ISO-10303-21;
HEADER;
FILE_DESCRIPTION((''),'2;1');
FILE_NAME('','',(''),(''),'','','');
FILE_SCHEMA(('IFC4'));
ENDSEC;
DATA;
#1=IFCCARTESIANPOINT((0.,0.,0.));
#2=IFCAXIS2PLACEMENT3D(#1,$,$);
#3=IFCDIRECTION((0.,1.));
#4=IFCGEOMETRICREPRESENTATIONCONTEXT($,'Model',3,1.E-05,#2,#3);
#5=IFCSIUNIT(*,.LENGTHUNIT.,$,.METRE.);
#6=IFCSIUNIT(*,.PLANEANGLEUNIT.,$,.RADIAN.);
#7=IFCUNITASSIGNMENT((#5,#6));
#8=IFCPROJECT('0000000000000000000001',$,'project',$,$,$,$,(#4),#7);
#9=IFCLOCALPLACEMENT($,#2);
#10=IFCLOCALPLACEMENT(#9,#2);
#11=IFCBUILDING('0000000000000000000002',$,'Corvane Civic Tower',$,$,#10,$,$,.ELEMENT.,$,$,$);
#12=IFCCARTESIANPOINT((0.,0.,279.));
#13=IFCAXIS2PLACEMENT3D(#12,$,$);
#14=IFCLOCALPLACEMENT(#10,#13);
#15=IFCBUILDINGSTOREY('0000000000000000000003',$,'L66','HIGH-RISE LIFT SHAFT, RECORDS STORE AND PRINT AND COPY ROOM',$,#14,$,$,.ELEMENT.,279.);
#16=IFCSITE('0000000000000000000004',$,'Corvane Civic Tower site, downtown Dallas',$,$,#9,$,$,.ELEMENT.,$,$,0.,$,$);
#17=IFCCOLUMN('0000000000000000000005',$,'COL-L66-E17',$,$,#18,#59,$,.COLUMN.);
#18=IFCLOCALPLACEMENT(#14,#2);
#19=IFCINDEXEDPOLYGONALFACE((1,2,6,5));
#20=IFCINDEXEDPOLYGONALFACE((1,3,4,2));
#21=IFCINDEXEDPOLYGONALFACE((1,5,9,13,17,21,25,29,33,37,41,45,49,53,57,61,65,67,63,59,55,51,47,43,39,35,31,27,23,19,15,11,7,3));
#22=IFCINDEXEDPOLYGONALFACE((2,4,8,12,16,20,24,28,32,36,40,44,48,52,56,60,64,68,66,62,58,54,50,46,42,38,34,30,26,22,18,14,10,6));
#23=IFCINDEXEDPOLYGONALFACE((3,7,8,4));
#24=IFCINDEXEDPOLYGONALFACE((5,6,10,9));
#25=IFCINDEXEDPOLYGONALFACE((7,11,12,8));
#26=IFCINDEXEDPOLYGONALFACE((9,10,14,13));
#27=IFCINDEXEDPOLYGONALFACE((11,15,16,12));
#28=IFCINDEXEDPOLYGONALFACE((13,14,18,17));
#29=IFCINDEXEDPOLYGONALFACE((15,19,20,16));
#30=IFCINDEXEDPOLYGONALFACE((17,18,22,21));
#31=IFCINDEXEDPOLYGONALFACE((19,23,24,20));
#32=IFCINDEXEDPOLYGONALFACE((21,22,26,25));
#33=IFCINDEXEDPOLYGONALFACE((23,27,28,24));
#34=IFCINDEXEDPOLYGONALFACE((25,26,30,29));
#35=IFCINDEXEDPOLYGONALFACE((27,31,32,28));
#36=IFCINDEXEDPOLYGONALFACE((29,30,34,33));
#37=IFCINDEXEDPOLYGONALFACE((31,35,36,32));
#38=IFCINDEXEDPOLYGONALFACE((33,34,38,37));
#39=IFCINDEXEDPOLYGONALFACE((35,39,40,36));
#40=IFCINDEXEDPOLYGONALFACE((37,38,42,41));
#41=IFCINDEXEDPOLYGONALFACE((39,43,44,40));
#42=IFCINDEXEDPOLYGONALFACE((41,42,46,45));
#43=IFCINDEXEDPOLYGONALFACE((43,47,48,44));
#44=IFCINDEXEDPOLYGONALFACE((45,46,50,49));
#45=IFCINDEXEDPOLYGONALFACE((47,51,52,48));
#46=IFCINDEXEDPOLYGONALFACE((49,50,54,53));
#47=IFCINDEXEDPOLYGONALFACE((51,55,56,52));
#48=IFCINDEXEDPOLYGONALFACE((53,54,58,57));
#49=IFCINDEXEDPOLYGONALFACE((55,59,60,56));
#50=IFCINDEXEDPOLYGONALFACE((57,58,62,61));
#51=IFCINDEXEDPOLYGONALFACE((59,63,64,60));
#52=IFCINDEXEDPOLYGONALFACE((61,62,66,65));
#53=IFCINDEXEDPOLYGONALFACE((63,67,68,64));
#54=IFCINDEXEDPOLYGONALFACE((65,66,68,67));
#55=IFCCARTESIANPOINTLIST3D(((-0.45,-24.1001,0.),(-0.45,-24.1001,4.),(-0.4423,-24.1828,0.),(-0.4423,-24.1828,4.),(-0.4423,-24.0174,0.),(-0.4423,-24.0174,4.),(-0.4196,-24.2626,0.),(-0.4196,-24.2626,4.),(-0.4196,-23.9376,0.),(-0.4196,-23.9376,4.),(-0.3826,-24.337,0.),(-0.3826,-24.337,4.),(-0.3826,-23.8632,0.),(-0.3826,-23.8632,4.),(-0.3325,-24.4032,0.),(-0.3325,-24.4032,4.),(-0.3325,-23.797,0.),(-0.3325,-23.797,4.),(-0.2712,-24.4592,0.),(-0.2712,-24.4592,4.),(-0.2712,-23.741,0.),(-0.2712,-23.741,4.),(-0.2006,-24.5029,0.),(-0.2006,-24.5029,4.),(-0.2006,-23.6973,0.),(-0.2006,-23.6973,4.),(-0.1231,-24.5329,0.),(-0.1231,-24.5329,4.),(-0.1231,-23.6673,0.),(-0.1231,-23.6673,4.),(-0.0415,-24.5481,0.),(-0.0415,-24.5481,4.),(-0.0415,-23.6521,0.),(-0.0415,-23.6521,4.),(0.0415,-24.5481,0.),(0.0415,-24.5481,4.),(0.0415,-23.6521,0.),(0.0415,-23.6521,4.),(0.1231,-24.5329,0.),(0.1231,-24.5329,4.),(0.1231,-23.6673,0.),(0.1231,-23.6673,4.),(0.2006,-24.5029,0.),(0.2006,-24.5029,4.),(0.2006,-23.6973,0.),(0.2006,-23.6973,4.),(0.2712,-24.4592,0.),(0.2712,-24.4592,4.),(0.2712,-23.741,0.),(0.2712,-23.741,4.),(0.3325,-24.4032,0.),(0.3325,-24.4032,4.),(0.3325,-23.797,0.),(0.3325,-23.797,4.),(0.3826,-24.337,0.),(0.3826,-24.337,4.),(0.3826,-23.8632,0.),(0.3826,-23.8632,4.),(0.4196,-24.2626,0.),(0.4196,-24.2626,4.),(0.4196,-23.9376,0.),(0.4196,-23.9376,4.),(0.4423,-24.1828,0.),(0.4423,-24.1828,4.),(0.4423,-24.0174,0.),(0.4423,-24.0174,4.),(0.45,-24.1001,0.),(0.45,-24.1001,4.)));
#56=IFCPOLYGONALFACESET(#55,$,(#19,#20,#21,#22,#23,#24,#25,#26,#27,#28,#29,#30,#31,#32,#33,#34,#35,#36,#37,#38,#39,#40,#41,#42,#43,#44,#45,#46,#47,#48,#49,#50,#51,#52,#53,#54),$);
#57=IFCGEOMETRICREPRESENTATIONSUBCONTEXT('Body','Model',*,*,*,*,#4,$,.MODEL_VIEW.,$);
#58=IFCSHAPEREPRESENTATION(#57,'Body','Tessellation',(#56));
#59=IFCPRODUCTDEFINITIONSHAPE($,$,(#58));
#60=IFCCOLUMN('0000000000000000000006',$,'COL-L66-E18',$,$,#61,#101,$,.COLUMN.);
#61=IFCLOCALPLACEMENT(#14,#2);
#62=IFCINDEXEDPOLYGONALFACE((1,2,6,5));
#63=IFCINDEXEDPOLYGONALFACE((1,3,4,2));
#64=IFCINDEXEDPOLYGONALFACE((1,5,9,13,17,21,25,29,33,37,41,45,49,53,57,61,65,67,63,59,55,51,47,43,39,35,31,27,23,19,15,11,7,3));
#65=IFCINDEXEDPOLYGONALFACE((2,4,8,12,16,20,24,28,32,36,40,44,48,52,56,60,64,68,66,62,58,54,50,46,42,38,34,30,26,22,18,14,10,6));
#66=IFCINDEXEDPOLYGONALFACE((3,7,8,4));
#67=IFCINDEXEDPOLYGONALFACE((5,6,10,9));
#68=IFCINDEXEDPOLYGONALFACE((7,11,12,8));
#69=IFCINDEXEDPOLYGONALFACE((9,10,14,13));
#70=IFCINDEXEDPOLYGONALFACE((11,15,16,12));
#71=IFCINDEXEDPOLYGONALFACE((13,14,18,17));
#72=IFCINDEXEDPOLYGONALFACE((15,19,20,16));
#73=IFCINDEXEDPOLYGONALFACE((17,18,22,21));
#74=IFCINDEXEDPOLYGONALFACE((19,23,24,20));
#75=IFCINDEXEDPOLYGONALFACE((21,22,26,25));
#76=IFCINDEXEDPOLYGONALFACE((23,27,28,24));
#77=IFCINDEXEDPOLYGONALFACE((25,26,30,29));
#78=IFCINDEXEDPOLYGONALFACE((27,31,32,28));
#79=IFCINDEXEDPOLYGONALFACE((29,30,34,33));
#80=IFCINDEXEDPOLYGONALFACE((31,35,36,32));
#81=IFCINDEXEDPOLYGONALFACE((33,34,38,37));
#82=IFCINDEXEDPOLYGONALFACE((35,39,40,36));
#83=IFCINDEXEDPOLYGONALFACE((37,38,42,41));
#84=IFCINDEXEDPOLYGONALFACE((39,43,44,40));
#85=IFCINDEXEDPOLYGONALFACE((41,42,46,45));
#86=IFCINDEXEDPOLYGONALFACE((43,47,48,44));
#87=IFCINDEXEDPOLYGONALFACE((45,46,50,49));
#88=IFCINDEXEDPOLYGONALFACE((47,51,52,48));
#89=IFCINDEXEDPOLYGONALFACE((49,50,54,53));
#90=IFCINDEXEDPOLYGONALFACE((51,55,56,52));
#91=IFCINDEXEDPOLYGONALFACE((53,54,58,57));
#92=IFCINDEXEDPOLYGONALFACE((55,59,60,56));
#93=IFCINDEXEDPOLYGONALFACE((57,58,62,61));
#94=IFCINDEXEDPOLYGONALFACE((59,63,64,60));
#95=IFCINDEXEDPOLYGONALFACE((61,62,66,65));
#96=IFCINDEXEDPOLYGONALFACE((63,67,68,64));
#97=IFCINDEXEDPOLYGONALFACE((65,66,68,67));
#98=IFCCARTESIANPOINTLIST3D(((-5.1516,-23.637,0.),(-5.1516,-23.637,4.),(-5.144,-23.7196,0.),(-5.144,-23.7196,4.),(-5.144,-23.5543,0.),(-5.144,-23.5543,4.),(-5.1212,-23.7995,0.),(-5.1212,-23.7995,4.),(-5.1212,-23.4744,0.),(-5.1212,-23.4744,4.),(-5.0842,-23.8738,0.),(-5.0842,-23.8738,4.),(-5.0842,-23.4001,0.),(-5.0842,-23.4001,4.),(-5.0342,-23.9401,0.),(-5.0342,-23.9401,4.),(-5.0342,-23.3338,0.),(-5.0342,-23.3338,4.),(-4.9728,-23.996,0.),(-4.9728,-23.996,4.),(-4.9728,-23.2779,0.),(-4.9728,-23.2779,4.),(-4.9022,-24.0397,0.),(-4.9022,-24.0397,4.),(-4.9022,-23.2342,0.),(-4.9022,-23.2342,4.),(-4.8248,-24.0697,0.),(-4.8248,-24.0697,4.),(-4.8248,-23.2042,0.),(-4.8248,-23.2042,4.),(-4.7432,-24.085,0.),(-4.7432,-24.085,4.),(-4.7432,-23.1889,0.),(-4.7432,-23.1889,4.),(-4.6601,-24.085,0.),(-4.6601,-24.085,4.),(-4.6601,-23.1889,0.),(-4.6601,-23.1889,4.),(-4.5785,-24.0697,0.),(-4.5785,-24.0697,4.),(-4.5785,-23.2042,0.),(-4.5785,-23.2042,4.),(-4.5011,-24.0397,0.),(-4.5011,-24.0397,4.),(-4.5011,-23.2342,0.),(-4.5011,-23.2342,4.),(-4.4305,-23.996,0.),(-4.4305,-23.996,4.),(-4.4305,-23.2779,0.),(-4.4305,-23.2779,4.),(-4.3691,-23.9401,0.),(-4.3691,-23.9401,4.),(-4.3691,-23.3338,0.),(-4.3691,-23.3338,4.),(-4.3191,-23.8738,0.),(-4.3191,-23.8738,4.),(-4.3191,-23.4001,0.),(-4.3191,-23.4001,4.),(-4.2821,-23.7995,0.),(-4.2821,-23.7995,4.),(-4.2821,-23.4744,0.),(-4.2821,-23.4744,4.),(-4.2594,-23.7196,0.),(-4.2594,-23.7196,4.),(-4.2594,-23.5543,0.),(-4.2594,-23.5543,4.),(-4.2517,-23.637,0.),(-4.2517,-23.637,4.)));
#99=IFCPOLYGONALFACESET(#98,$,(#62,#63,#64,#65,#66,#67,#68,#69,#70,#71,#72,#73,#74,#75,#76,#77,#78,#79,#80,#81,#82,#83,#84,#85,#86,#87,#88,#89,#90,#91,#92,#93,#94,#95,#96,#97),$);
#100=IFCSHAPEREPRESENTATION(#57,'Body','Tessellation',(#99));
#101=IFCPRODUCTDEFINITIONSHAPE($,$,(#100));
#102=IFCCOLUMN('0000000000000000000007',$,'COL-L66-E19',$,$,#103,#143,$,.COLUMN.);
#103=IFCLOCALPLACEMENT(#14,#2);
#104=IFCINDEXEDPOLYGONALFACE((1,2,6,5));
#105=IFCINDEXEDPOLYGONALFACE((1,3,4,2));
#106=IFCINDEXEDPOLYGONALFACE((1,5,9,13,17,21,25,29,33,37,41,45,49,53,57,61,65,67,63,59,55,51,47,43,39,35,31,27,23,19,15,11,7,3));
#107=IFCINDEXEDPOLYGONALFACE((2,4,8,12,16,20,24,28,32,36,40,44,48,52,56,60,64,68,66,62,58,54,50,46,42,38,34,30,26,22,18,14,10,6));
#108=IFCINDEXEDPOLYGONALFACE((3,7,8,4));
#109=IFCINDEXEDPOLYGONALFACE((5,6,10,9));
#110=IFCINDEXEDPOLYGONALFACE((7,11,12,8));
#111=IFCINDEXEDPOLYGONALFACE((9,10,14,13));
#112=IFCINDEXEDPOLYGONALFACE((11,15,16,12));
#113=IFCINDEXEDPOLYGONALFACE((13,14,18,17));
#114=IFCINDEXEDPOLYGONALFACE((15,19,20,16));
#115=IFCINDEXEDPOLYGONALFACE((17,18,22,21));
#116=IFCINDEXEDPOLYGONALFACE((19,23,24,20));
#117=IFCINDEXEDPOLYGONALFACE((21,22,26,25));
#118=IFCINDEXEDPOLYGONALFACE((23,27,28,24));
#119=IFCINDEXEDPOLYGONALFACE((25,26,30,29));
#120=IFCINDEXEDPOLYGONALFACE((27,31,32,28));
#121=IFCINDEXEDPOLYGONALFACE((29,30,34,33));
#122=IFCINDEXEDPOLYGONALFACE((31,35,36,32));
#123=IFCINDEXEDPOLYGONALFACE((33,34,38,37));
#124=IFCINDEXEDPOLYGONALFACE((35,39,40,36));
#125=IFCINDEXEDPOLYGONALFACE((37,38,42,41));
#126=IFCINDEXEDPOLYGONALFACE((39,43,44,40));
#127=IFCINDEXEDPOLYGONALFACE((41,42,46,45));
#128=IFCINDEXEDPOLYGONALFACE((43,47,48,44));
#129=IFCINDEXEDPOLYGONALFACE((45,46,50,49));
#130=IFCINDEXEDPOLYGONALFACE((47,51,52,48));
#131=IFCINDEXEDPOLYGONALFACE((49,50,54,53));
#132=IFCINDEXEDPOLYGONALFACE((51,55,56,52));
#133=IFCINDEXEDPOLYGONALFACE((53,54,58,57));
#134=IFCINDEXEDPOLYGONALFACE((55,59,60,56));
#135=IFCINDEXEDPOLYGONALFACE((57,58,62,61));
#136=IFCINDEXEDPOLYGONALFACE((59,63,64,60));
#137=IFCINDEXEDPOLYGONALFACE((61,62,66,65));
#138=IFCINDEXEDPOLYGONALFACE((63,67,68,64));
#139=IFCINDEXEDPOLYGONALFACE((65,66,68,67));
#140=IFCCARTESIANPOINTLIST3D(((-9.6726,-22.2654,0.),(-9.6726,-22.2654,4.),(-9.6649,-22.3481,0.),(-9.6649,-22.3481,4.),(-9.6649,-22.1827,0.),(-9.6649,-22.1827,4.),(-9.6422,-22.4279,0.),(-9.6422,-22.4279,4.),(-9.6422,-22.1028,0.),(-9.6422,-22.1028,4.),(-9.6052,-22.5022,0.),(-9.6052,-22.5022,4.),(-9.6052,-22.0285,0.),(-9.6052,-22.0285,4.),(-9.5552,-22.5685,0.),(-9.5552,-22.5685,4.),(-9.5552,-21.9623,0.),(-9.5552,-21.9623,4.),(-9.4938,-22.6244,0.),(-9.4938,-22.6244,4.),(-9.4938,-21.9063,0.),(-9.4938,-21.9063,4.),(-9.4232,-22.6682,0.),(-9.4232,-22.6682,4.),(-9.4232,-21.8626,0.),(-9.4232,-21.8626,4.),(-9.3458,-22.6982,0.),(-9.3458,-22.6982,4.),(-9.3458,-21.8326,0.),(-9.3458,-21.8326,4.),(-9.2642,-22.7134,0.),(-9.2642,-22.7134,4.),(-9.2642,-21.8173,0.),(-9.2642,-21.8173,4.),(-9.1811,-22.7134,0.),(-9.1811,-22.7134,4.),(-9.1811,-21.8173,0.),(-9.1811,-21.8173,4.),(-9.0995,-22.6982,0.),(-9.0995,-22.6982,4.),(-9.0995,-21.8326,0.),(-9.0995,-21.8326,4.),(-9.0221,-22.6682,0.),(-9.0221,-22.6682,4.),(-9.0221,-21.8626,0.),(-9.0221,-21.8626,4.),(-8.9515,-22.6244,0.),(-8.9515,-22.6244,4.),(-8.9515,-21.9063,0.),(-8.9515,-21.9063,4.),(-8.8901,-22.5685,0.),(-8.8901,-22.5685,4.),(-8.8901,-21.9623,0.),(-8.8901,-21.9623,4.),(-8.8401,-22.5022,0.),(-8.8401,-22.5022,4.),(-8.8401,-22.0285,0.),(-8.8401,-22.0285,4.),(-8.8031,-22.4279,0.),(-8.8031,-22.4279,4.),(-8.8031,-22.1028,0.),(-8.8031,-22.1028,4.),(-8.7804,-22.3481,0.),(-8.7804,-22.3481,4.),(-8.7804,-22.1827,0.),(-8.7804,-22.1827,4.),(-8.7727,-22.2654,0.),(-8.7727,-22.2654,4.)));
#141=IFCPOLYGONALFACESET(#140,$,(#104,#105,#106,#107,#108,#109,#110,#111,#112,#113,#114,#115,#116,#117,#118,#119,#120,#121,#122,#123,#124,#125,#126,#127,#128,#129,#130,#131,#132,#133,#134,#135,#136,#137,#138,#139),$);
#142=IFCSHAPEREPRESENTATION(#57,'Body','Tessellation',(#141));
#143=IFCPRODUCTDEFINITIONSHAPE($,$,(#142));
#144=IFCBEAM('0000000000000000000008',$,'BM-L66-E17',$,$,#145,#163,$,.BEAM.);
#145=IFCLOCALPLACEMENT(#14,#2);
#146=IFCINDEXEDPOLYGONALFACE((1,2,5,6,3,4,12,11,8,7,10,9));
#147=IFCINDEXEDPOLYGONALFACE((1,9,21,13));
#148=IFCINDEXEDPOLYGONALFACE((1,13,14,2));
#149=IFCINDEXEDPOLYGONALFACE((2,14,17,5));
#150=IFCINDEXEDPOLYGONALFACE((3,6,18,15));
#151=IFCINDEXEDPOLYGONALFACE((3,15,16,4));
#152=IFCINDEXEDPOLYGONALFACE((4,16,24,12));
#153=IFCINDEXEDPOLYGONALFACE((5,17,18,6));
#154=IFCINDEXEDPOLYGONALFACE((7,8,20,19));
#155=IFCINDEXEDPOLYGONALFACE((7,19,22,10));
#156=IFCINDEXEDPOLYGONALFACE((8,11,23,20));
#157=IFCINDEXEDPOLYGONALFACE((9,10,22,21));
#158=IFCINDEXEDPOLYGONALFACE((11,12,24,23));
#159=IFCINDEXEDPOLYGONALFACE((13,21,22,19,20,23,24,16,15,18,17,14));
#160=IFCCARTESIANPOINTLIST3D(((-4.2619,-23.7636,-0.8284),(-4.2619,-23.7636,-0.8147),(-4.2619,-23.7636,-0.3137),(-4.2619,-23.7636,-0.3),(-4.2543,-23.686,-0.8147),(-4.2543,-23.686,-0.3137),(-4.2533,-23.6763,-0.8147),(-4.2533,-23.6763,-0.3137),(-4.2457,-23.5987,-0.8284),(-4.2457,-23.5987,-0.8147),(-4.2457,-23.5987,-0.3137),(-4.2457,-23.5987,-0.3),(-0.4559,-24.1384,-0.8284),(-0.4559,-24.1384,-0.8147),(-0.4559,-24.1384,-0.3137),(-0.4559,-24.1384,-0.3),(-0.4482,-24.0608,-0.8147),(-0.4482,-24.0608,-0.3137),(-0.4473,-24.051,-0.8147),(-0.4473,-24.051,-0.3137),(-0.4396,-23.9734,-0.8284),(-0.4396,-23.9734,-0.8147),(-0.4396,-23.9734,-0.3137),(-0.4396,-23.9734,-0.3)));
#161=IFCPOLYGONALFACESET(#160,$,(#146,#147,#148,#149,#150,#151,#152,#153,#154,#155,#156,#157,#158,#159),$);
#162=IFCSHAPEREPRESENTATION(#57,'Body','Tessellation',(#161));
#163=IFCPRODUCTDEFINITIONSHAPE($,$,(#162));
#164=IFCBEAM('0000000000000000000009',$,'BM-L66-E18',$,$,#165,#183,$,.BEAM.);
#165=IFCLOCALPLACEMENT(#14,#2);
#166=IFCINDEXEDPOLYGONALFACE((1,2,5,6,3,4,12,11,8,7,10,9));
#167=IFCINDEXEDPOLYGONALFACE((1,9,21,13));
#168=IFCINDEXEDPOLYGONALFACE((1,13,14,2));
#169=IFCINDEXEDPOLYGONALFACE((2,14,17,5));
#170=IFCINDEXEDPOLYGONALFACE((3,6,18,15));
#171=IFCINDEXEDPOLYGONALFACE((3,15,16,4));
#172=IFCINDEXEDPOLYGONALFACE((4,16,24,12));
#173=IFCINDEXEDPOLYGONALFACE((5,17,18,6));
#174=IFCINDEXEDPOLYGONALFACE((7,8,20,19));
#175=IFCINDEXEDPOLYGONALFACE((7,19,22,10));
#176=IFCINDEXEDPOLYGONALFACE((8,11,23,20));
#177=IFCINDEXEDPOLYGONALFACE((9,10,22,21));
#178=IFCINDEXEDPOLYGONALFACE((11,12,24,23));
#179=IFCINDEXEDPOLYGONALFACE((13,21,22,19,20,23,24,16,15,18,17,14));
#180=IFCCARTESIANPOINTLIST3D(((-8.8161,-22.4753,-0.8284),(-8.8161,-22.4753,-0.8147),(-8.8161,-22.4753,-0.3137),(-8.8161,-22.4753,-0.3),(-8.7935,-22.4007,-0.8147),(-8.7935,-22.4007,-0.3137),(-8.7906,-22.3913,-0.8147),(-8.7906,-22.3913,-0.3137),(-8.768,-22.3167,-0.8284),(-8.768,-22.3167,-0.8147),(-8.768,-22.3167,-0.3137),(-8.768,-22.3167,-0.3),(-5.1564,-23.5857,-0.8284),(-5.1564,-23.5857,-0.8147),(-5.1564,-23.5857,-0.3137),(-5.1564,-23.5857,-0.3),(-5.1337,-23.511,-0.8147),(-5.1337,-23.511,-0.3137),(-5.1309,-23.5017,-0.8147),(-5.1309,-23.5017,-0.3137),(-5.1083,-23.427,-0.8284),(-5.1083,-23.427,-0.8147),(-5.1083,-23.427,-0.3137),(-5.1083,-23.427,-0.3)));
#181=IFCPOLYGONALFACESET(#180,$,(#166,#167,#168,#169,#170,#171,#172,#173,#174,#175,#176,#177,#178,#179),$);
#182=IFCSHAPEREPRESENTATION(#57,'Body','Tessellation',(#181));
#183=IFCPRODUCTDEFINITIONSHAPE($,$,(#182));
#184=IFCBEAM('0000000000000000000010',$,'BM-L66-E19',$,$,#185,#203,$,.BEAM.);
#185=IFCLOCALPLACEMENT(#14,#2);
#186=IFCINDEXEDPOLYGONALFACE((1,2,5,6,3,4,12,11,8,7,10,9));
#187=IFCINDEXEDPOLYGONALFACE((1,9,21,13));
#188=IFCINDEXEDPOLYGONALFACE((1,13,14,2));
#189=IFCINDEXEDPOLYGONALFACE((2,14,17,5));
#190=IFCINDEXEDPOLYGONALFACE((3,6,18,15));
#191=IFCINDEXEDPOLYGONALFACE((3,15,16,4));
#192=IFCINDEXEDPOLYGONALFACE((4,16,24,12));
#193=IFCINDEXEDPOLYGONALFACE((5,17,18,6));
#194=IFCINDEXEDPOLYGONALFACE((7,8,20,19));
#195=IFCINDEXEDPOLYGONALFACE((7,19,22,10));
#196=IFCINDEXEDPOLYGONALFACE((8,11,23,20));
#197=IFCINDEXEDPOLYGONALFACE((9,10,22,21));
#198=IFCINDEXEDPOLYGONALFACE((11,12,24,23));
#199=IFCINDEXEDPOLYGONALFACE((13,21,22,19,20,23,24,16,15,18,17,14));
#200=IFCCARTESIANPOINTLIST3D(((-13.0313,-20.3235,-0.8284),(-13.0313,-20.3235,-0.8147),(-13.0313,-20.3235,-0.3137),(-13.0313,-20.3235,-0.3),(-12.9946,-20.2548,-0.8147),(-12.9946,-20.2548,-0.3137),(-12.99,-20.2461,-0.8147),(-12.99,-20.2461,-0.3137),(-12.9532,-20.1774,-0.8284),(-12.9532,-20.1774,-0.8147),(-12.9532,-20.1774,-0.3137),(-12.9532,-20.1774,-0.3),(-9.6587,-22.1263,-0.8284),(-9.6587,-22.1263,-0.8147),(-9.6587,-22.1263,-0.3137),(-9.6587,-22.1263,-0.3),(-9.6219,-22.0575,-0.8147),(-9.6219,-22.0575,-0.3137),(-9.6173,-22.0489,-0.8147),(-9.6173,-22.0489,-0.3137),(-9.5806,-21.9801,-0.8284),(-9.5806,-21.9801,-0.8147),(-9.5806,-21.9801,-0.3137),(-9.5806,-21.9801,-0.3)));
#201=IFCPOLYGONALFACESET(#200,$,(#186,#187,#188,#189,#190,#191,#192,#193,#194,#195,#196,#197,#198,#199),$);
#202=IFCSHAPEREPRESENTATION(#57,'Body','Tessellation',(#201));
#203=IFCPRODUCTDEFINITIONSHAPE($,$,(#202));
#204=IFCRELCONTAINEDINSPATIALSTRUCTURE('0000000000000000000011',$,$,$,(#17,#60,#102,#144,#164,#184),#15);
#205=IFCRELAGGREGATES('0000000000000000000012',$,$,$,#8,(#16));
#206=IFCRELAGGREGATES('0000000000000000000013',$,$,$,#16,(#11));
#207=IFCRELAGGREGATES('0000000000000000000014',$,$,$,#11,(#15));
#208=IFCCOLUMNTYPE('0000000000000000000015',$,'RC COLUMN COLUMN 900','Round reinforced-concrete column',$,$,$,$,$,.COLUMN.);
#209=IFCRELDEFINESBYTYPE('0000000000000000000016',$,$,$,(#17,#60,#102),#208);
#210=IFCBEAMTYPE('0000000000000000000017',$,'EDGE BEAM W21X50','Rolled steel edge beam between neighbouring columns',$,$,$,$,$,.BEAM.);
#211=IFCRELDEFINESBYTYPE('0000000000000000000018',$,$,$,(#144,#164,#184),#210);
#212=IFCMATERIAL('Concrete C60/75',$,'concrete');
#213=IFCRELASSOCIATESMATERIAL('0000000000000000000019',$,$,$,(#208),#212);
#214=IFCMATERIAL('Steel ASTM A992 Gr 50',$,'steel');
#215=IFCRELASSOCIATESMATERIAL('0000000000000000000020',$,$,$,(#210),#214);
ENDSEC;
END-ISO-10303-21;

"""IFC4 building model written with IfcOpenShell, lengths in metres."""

from ifc_helpers import new_model, si_unit, direction, frame, origin, origin_2d, place, context, subcontext, project, spatial, circle, i_section, extrude, material, material_profile, profile_set, type_object, element, save


model = new_model("IFC4")

# Units and contexts
model_context = context("Model", 3, precision=1e-05, world=origin(), true_north=direction((0.0, 1.0)))
body_context = subcontext(model_context, "Body", "Model", "MODEL_VIEW")
ifc_project = project(units=[si_unit("LENGTHUNIT", "METRE"), si_unit("PLANEANGLEUNIT", "RADIAN")], contexts=[model_context])

# Site, building, storey
site_placement = place(None, origin())
site = spatial("IfcSite", under=ifc_project, at=site_placement, Name="Corvane Civic Tower site, downtown Dallas", CompositionType="ELEMENT", RefElevation=0.0)
building_placement = place(site_placement, origin())
building = spatial("IfcBuilding", under=site, at=building_placement, Name="Corvane Civic Tower", CompositionType="ELEMENT")
storey_placement = place(building_placement, frame((0.0, 0.0, 279.0)))
storey = spatial("IfcBuildingStorey", under=building, at=storey_placement, Name="L66", Description="HIGH-RISE LIFT SHAFT, RECORDS STORE AND PRINT AND COPY ROOM", CompositionType="ELEMENT", Elevation=279.0)

# Columns
ifc_material_1 = material(Name="Concrete C60/75", Category="concrete")
ifc_material_profile_1 = material_profile(ifc_material_1, circle(Radius=0.45, at=origin_2d()), Name="COLUMN 900")
ifc_profile_set_1 = profile_set([ifc_material_profile_1], Name="Concrete C60/75")
column_type = type_object("IfcColumnType", Name="RC COLUMN COLUMN 900", Description="Round reinforced-concrete column", PredefinedType="COLUMN", material=ifc_profile_set_1)
for number, where, z_axis, x_axis, name in (
    (1, (0.0, -24.1001, 0.0), (0.0, 0.0, 1.0), (1.0, 0.0, 0.0), "COL-L66-E17"),
    (2, (-4.7017, -23.637, 0.0), (0.0, 0.0, 1.0), (1.0, 0.0, 0.0), "COL-L66-E18"),
    (3, (-9.2227, -22.2654, 0.0), (0.0, 0.0, 1.0), (1.0, 0.0, 0.0), "COL-L66-E19"),
):
    element("IfcColumn", number, at=place(storey_placement, frame(where, z_axis=z_axis, x_axis=x_axis)), inside=storey, type_object=column_type, Name=name, PredefinedType="COLUMN", context=body_context, shape_type="SweptSolid", body=[
        extrude(circle(Radius=0.45, at=origin_2d()), origin(), (0.0, 0.0, 1.0), 4.0),
    ])

# Beams
ifc_material_2 = material(Name="Steel ASTM A992 Gr 50", Category="steel")
ifc_material_profile_2 = material_profile(ifc_material_2, i_section(OverallWidth=0.1658, OverallDepth=0.5283, WebThickness=0.0098, FlangeThickness=0.0137, at=origin_2d()), Name="W21X50")
ifc_profile_set_2 = profile_set([ifc_material_profile_2], Name="Steel ASTM A992 Gr 50")
beam_type = type_object("IfcBeamType", Name="EDGE BEAM W21X50", Description="Rolled steel edge beam between neighbouring columns", PredefinedType="BEAM", material=ifc_profile_set_2)
for number, where, z_axis, x_axis, name in (
    (4, (-0.4478, -24.0559, -0.5642), (-0.995188, 0.097987, 0.0), (-0.097987, -0.995188, 0.0), "BM-L66-E17"),
    (5, (-5.1323, -23.5063, -0.5642), (-0.956926, 0.290333, 0.0), (-0.290333, -0.956926, 0.0), "BM-L66-E18"),
):
    element("IfcBeam", number, at=place(storey_placement, frame(where, z_axis=z_axis, x_axis=x_axis)), inside=storey, type_object=beam_type, Name=name, PredefinedType="BEAM", context=body_context, shape_type="SweptSolid", body=[
        extrude(i_section(OverallWidth=0.1658, OverallDepth=0.5283, WebThickness=0.0098, FlangeThickness=0.0137, at=origin_2d()), origin(), (0.0, 0.0, 1.0), 3.8245),
    ])
beam_placement = place(storey_placement, frame((-9.6196, -22.0532, -0.5642), z_axis=(-0.881914, 0.47141, 0.0), x_axis=(-0.47141, -0.881914, 0.0)))
element("IfcBeam", 6, at=beam_placement, inside=storey, type_object=beam_type, Name="BM-L66-E19", PredefinedType="BEAM", context=body_context, shape_type="SweptSolid", body=[
    extrude(i_section(OverallWidth=0.1658, OverallDepth=0.5283, WebThickness=0.0098, FlangeThickness=0.0137, at=origin_2d()), origin(), (0.0, 0.0, 1.0), 3.8242),
])

save(model, "model.ifc")
